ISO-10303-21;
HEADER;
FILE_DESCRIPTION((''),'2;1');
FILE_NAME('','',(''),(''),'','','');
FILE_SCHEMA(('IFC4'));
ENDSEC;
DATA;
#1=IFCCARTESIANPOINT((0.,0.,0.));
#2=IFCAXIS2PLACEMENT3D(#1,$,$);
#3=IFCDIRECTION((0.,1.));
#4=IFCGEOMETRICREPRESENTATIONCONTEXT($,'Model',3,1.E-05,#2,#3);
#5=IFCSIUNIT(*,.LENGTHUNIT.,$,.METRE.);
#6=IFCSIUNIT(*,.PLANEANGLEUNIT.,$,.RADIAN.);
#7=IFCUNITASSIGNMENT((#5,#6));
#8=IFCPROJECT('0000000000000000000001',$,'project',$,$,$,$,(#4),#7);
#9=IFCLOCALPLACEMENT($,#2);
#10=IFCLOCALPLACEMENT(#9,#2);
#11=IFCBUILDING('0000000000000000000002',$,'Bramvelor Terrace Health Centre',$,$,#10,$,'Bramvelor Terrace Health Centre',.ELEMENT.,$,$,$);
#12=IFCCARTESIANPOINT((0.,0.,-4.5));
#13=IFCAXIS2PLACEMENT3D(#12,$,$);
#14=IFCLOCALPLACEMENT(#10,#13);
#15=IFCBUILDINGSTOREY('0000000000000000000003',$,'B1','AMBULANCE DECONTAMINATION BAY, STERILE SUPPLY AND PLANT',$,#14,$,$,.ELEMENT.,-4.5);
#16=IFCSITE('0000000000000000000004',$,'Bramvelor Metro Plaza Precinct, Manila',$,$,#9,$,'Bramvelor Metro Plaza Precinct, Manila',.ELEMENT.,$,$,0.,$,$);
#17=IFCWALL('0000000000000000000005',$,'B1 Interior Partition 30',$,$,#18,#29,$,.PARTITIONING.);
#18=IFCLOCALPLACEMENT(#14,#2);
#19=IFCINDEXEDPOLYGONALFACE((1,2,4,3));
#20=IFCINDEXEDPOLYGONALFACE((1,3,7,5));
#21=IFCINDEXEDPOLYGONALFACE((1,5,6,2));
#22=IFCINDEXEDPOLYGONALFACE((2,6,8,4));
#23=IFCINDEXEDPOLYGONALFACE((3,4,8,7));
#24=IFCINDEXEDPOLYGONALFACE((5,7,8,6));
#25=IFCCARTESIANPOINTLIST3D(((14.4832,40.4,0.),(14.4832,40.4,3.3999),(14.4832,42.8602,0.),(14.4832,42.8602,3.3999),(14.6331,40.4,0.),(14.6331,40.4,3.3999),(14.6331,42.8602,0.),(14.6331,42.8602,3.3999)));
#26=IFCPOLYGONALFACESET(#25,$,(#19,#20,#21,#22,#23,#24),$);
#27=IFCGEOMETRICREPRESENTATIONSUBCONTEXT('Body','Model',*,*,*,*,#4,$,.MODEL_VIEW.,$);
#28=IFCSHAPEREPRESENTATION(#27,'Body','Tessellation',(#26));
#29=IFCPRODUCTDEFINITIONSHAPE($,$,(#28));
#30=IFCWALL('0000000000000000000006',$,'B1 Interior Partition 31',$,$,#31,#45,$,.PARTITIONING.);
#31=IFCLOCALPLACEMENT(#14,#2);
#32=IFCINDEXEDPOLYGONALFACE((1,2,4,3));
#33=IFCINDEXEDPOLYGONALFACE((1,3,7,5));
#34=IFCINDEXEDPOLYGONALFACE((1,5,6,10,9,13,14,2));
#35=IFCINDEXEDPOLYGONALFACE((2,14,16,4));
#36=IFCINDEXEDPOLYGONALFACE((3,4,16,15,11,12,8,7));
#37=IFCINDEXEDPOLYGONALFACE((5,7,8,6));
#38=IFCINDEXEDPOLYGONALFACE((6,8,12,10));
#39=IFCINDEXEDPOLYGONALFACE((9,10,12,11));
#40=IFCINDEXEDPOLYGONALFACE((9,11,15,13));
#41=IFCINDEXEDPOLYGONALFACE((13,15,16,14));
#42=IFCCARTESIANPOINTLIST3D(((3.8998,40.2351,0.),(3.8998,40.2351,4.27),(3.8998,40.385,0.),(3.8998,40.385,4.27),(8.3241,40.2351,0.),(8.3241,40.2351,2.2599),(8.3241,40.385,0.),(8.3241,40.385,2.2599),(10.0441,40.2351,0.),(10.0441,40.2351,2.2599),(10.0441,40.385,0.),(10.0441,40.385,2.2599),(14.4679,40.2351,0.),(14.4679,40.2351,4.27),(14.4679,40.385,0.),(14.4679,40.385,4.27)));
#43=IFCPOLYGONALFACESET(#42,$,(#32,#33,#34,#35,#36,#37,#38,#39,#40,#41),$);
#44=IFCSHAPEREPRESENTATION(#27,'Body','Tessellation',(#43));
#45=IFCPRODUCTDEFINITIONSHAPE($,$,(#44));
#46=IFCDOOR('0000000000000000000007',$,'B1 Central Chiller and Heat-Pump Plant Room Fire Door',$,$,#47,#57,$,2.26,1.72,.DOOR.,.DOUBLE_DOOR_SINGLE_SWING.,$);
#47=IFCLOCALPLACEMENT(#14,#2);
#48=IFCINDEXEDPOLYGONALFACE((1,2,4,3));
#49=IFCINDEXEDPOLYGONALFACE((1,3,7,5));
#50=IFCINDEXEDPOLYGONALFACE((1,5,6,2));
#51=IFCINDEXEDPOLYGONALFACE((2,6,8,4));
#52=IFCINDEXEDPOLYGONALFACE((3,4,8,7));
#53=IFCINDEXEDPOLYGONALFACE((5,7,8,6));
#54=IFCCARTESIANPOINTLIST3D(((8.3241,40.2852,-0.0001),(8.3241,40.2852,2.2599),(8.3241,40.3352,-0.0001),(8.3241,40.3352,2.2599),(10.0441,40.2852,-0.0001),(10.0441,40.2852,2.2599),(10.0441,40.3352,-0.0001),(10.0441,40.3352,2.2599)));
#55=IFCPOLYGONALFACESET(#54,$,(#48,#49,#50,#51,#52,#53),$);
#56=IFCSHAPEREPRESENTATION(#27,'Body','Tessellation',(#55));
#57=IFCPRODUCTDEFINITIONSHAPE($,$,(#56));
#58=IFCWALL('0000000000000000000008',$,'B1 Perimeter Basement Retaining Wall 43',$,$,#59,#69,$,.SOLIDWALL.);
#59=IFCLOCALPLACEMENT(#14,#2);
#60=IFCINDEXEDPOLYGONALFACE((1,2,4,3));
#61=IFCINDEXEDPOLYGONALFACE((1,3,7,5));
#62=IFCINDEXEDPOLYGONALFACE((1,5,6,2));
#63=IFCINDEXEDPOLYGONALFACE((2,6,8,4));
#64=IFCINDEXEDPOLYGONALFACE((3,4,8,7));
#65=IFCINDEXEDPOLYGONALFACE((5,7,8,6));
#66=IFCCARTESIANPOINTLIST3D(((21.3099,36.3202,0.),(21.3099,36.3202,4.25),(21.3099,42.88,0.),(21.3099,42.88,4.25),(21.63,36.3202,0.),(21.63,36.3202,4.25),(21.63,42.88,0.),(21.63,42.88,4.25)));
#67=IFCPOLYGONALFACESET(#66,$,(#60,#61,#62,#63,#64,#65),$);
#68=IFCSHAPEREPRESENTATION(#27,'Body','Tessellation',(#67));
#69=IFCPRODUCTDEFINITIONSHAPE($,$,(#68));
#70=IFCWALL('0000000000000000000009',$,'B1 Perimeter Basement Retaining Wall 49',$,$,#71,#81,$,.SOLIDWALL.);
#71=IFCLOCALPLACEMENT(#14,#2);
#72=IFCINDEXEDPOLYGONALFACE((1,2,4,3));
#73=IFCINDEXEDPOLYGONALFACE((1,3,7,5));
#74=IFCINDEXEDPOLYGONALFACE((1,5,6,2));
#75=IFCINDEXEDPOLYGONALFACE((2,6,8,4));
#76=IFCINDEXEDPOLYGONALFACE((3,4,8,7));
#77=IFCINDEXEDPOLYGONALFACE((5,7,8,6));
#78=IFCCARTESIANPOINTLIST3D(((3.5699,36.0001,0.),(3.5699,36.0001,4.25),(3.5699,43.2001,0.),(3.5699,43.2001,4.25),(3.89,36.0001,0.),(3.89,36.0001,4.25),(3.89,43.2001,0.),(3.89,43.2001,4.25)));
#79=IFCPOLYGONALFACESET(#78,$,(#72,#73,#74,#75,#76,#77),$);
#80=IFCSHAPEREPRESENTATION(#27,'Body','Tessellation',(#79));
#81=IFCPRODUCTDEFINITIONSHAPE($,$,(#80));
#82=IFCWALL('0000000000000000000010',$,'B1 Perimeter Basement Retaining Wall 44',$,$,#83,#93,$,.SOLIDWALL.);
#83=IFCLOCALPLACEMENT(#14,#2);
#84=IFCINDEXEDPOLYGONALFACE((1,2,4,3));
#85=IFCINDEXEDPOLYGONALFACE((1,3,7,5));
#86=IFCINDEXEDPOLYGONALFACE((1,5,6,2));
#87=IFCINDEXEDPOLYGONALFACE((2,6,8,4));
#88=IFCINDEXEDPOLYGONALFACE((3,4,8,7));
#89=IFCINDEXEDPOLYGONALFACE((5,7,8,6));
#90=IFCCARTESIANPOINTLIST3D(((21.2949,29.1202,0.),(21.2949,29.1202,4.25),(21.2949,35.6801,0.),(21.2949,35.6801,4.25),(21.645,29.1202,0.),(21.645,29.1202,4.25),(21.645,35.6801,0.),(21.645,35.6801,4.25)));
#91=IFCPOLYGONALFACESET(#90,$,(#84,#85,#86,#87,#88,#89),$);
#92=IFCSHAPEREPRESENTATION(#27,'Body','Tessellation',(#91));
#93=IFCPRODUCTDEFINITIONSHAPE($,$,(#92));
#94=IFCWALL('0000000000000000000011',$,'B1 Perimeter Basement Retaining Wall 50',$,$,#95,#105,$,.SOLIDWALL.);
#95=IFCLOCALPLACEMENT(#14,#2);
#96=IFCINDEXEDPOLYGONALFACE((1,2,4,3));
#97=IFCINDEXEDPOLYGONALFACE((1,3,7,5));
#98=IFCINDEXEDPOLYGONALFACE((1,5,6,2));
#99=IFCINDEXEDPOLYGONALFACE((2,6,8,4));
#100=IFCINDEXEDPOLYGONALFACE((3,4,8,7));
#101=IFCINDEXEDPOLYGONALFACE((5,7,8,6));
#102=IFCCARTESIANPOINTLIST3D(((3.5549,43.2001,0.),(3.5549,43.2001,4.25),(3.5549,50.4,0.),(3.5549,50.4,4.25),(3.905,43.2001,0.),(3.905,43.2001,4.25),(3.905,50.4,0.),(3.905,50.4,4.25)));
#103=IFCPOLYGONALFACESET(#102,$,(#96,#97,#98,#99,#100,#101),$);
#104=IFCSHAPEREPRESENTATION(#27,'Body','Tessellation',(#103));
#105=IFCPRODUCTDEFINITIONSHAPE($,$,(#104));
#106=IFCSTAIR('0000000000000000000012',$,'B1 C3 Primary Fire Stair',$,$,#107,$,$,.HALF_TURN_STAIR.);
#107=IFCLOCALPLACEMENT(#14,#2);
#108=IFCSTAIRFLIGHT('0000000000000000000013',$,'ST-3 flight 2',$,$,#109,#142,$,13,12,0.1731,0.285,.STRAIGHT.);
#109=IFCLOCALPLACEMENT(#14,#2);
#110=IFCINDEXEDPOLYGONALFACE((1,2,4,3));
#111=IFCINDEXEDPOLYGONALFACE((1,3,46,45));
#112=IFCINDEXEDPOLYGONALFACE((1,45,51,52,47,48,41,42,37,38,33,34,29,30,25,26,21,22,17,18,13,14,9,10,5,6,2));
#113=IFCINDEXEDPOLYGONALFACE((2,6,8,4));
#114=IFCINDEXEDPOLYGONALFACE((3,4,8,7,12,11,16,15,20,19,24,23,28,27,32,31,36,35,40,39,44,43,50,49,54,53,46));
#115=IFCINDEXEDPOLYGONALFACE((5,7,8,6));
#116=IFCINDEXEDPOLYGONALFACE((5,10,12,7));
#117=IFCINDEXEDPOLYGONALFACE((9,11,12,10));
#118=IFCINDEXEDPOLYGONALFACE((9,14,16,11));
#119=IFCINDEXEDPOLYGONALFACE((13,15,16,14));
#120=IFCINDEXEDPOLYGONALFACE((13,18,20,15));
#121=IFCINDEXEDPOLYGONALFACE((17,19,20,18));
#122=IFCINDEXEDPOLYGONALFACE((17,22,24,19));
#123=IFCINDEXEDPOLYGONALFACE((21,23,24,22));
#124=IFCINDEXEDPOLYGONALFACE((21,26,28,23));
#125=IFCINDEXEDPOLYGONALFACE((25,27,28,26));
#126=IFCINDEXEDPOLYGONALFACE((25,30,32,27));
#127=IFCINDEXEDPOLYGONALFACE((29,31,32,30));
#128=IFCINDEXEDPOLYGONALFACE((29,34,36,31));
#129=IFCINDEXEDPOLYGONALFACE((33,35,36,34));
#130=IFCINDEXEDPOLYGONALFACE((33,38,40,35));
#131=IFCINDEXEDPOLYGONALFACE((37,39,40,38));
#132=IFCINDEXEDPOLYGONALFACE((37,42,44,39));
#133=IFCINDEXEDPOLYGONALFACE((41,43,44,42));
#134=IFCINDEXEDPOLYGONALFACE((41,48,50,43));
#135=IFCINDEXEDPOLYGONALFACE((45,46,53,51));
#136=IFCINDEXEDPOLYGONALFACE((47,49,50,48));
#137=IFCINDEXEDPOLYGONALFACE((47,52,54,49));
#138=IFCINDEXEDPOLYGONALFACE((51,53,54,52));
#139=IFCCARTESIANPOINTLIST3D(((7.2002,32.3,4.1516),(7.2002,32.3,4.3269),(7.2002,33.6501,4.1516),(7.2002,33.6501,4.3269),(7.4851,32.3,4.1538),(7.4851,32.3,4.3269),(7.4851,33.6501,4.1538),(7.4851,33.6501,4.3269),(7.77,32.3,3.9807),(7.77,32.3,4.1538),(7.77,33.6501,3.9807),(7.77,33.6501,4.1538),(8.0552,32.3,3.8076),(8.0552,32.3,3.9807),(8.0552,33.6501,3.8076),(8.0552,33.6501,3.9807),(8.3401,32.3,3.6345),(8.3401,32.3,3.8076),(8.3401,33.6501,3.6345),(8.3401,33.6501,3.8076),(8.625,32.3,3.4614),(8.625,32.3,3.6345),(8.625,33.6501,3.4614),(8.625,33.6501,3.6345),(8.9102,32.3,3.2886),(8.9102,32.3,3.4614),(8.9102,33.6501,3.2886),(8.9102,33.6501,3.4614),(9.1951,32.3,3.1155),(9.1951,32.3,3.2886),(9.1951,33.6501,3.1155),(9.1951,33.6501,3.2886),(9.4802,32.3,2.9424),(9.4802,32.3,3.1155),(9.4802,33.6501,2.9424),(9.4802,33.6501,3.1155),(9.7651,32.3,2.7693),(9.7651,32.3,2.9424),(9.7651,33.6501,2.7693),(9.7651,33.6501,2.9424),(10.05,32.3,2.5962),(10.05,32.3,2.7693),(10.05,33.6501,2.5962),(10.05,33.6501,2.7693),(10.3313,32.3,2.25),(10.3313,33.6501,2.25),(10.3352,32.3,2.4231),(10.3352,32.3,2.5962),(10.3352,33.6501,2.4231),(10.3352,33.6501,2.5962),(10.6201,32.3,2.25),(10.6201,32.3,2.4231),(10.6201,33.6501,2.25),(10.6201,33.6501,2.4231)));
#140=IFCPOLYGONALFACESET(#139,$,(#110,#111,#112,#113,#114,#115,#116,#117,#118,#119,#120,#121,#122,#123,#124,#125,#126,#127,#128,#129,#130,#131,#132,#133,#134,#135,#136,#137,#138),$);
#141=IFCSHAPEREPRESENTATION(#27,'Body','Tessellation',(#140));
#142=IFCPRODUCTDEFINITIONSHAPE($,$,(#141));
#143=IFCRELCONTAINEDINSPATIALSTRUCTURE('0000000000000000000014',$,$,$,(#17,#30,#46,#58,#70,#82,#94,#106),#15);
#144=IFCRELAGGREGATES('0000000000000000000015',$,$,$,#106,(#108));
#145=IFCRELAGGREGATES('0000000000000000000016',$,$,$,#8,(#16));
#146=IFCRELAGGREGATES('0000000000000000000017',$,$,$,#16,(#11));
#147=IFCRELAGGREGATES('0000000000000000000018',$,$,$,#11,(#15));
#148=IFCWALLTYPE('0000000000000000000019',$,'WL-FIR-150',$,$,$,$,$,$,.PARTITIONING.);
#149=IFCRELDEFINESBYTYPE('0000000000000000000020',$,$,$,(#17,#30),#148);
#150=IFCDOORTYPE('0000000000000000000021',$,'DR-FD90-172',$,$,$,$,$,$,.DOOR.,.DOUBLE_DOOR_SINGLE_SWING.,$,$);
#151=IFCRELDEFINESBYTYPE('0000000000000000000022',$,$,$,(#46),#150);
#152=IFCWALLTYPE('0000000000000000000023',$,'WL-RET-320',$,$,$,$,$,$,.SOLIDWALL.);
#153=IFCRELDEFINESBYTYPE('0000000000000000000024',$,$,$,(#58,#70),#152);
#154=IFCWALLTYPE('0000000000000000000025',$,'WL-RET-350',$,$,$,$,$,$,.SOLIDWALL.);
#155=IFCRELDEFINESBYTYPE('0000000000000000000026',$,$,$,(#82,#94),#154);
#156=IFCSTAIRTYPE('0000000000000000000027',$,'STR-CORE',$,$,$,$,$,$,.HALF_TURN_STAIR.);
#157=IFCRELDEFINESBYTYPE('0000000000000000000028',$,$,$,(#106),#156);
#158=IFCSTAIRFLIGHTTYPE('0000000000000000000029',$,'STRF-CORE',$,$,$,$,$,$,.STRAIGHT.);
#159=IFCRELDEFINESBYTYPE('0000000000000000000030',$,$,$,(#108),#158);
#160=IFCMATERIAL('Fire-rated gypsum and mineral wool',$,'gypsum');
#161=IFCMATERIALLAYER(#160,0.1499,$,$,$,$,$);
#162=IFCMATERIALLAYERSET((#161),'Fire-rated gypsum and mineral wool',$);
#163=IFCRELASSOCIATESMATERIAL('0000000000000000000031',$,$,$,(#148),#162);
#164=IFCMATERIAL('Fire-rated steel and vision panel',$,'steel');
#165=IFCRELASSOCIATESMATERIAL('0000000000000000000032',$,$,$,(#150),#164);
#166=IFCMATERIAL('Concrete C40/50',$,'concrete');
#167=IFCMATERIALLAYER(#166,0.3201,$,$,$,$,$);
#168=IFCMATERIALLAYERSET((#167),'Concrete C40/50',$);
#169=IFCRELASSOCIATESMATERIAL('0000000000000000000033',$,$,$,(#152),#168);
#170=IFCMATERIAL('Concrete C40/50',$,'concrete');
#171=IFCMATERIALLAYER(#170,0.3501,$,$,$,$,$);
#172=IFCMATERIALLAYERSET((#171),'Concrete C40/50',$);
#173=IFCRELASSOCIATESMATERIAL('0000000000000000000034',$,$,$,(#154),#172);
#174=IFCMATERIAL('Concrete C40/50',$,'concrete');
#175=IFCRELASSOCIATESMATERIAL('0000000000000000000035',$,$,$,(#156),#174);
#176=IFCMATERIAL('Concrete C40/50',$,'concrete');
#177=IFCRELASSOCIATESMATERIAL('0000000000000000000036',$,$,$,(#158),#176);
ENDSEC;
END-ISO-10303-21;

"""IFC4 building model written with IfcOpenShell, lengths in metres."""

from ifc_helpers import new_model, si_unit, direction, frame, frame_2d, origin, place, context, subcontext, project, spatial, polyline, rectangle, outline, extrude, material, layer, layer_set, type_object, element, fill, aggregate, save


model = new_model("IFC4")

# Units and contexts
model_context = context("Model", 3, precision=1e-05, world=origin(), true_north=direction((0.0, 1.0)))
body_context = subcontext(model_context, "Body", "Model", "MODEL_VIEW")
ifc_project = project(units=[si_unit("LENGTHUNIT", "METRE"), si_unit("PLANEANGLEUNIT", "RADIAN")], contexts=[model_context])

# Site, building, storey
site_placement = place(None, origin())
site = spatial("IfcSite", under=ifc_project, at=site_placement, Name="Bramvelor Metro Plaza Precinct, Manila", LongName="Bramvelor Metro Plaza Precinct, Manila", CompositionType="ELEMENT", RefElevation=0.0)
building_placement = place(site_placement, origin())
building = spatial("IfcBuilding", under=site, at=building_placement, Name="Bramvelor Terrace Health Centre", LongName="Bramvelor Terrace Health Centre", CompositionType="ELEMENT")
storey_placement = place(building_placement, frame((0.0, 0.0, -4.5)))
storey = spatial("IfcBuildingStorey", under=building, at=storey_placement, Name="B1", Description="AMBULANCE DECONTAMINATION BAY, STERILE SUPPLY AND PLANT", CompositionType="ELEMENT", Elevation=-4.5)

# Wall
ifc_material_1 = material(Name="Fire-rated gypsum and mineral wool", Category="gypsum")
ifc_layer_1 = layer(ifc_material_1, 0.1499)
ifc_layer_set_1 = layer_set([ifc_layer_1], Name="Fire-rated gypsum and mineral wool")
wall_type_1 = type_object("IfcWallType", Name="WL-FIR-150", PredefinedType="PARTITIONING", material=ifc_layer_set_1)
wall_1_placement = place(storey_placement, frame((14.5581, 42.8601, 0.0), z_axis=(0.0, 0.0, 1.0), x_axis=(0.0, -1.0, 0.0)))
element("IfcWall", 1, at=wall_1_placement, inside=storey, type_object=wall_type_1, Name="B1 Interior Partition 30", PredefinedType="PARTITIONING", context=body_context, shape_type="SweptSolid", body=[
    extrude(rectangle(XDim=2.4602, YDim=0.1499, at=frame_2d((1.23, 0.0))), origin(), (0.0, 0.0, 1.0), 3.3999),
])

# Wall, opening, door
wall_2_placement = place(storey_placement, frame((14.468, 40.3101, 0.0), z_axis=(0.0, 0.0, 1.0), x_axis=(-1.0, 0.0, 0.0)))
wall_2 = element("IfcWall", 2, at=wall_2_placement, inside=storey, type_object=wall_type_1, Name="B1 Interior Partition 31", PredefinedType="PARTITIONING", context=body_context, shape_type="SweptSolid", body=[
    extrude(rectangle(XDim=10.5681, YDim=0.1499, at=frame_2d((5.2842, 0.0))), origin(), (0.0, 0.0, 1.0), 4.27),
])
opening_1_placement = place(wall_2_placement, frame((4.4241, 0.0, 0.0)))
opening_1 = element("IfcOpeningElement", 3, at=opening_1_placement, cuts=wall_2, PredefinedType="OPENING", context=body_context, shape_type="SweptSolid", body=[
    extrude(rectangle(XDim=1.72, YDim=2.26, at=frame_2d((0.8599, 1.1299))), frame((0.0, 0.085, 0.0), z_axis=(0.0, -1.0, 0.0), x_axis=(1.0, 0.0, 0.0)), (0.0, 0.0, 1.0), 0.1699),
])
ifc_material_2 = material(Name="Fire-rated steel and vision panel", Category="steel")
door_type_1 = type_object("IfcDoorType", Name="DR-FD90-172", OperationType="DOUBLE_DOOR_SINGLE_SWING", PredefinedType="DOOR", material=ifc_material_2)
door_1_placement = place(opening_1_placement, origin())
door_1 = element("IfcDoor", 4, at=door_1_placement, inside=storey, type_object=door_type_1, Name="B1 Central Chiller and Heat-Pump Plant Room Fire Door", OperationType="DOUBLE_DOOR_SINGLE_SWING", OverallHeight=2.26, OverallWidth=1.72, PredefinedType="DOOR", context=body_context, shape_type="SweptSolid", body=[
    extrude(rectangle(XDim=1.72, YDim=2.26, at=frame_2d((0.8599, 1.1299))), frame((0.0, 0.0249, 0.0), z_axis=(0.0, -1.0, 0.0), x_axis=(1.0, 0.0, 0.0)), (0.0, 0.0, 1.0), 0.05),
])
fill(opening_1, door_1)

# Walls
ifc_material_3 = material(Name="Concrete C40/50", Category="concrete")
ifc_layer_2 = layer(ifc_material_3, 0.3201)
ifc_layer_set_2 = layer_set([ifc_layer_2], Name="Concrete C40/50")
wall_type_2 = type_object("IfcWallType", Name="WL-RET-320", PredefinedType="SOLIDWALL", material=ifc_layer_set_2)
wall_3_placement = place(storey_placement, frame((21.47, 42.8799, 0.0), z_axis=(0.0, 0.0, 1.0), x_axis=(0.0, -1.0, 0.0)))
element("IfcWall", 5, at=wall_3_placement, inside=storey, type_object=wall_type_2, Name="B1 Perimeter Basement Retaining Wall 43", PredefinedType="SOLIDWALL", context=body_context, shape_type="SweptSolid", body=[
    extrude(rectangle(XDim=6.5598, YDim=0.3201, at=frame_2d((3.2798, 0.0))), origin(), (0.0, 0.0, 1.0), 4.25),
])
wall_4_placement = place(storey_placement, frame((3.73, 36.0, 0.0), z_axis=(0.0, 0.0, 1.0), x_axis=(0.0, 1.0, 0.0)))
element("IfcWall", 6, at=wall_4_placement, inside=storey, type_object=wall_type_2, Name="B1 Perimeter Basement Retaining Wall 49", PredefinedType="SOLIDWALL", context=body_context, shape_type="SweptSolid", body=[
    extrude(rectangle(XDim=7.2, YDim=0.3201, at=frame_2d((3.6001, 0.0))), origin(), (0.0, 0.0, 1.0), 4.25),
])
ifc_material_4 = material(Name="Concrete C40/50", Category="concrete")
ifc_layer_3 = layer(ifc_material_4, 0.3501)
ifc_layer_set_3 = layer_set([ifc_layer_3], Name="Concrete C40/50")
wall_type_3 = type_object("IfcWallType", Name="WL-RET-350", PredefinedType="SOLIDWALL", material=ifc_layer_set_3)
wall_5_placement = place(storey_placement, frame((21.47, 35.6799, 0.0), z_axis=(0.0, 0.0, 1.0), x_axis=(0.0, -1.0, 0.0)))
element("IfcWall", 7, at=wall_5_placement, inside=storey, type_object=wall_type_3, Name="B1 Perimeter Basement Retaining Wall 44", PredefinedType="SOLIDWALL", context=body_context, shape_type="SweptSolid", body=[
    extrude(rectangle(XDim=6.5598, YDim=0.3501, at=frame_2d((3.2798, 0.0))), origin(), (0.0, 0.0, 1.0), 4.25),
])
wall_6_placement = place(storey_placement, frame((3.73, 43.2, 0.0), z_axis=(0.0, 0.0, 1.0), x_axis=(0.0, 1.0, 0.0)))
element("IfcWall", 8, at=wall_6_placement, inside=storey, type_object=wall_type_3, Name="B1 Perimeter Basement Retaining Wall 50", PredefinedType="SOLIDWALL", context=body_context, shape_type="SweptSolid", body=[
    extrude(rectangle(XDim=7.2, YDim=0.3501, at=frame_2d((3.6001, 0.0))), origin(), (0.0, 0.0, 1.0), 4.25),
])

# Stair, stair flight
ifc_material_5 = material(Name="Concrete C40/50", Category="concrete")
stair_type = type_object("IfcStairType", Name="STR-CORE", PredefinedType="HALF_TURN_STAIR", material=ifc_material_5)
stair_placement = place(storey_placement, origin())
stair = element("IfcStair", 9, at=stair_placement, inside=storey, type_object=stair_type, Name="B1 C3 Primary Fire Stair", PredefinedType="HALF_TURN_STAIR")
ifc_material_6 = material(Name="Concrete C40/50", Category="concrete")
stair_flight_type = type_object("IfcStairFlightType", Name="STRF-CORE", PredefinedType="STRAIGHT", material=ifc_material_6)
stair_flight_placement = place(storey_placement, frame((10.6201, 32.9751, 2.25), z_axis=(0.0, 0.0, 1.0), x_axis=(-1.0, 0.0, 0.0)))
stair_flight = element("IfcStairFlight", 10, at=stair_flight_placement, type_object=stair_flight_type, Name="ST-3 flight 2", NumberOfRisers=13, NumberOfTreads=12, PredefinedType="STRAIGHT", RiserHeight=0.1731, TreadLength=0.285, context=body_context, shape_type="SweptSolid", body=[
    extrude(outline(polyline([(0.0, 0.0), (0.0, 0.1731), (0.2849, 0.1731), (0.2849, 0.3462), (0.5701, 0.3462), (0.5701, 0.5193), (0.855, 0.5193), (0.855, 0.6924), (1.1399, 0.6924), (1.1399, 0.8655), (1.425, 0.8655), (1.425, 1.0386), (1.71, 1.0386), (1.71, 1.2114), (1.9951, 1.2114), (1.9951, 1.3845), (2.28, 1.3845), (2.28, 1.5576), (2.5649, 1.5576), (2.5649, 1.7307), (2.8501, 1.7307), (2.8501, 1.9038), (3.135, 1.9038), (3.135, 2.0769), (3.4199, 2.0769), (3.4199, 2.25), (3.4199, 1.9016), (0.2888, 0.0), (0.0, 0.0)])), frame((0.0, 0.675, 0.0), z_axis=(0.0, -1.0, 0.0), x_axis=(1.0, 0.0, 0.0)), (0.0, 0.0, 1.0), 1.3501),
])
aggregate(stair, [stair_flight])

save(model, "model.ifc")
